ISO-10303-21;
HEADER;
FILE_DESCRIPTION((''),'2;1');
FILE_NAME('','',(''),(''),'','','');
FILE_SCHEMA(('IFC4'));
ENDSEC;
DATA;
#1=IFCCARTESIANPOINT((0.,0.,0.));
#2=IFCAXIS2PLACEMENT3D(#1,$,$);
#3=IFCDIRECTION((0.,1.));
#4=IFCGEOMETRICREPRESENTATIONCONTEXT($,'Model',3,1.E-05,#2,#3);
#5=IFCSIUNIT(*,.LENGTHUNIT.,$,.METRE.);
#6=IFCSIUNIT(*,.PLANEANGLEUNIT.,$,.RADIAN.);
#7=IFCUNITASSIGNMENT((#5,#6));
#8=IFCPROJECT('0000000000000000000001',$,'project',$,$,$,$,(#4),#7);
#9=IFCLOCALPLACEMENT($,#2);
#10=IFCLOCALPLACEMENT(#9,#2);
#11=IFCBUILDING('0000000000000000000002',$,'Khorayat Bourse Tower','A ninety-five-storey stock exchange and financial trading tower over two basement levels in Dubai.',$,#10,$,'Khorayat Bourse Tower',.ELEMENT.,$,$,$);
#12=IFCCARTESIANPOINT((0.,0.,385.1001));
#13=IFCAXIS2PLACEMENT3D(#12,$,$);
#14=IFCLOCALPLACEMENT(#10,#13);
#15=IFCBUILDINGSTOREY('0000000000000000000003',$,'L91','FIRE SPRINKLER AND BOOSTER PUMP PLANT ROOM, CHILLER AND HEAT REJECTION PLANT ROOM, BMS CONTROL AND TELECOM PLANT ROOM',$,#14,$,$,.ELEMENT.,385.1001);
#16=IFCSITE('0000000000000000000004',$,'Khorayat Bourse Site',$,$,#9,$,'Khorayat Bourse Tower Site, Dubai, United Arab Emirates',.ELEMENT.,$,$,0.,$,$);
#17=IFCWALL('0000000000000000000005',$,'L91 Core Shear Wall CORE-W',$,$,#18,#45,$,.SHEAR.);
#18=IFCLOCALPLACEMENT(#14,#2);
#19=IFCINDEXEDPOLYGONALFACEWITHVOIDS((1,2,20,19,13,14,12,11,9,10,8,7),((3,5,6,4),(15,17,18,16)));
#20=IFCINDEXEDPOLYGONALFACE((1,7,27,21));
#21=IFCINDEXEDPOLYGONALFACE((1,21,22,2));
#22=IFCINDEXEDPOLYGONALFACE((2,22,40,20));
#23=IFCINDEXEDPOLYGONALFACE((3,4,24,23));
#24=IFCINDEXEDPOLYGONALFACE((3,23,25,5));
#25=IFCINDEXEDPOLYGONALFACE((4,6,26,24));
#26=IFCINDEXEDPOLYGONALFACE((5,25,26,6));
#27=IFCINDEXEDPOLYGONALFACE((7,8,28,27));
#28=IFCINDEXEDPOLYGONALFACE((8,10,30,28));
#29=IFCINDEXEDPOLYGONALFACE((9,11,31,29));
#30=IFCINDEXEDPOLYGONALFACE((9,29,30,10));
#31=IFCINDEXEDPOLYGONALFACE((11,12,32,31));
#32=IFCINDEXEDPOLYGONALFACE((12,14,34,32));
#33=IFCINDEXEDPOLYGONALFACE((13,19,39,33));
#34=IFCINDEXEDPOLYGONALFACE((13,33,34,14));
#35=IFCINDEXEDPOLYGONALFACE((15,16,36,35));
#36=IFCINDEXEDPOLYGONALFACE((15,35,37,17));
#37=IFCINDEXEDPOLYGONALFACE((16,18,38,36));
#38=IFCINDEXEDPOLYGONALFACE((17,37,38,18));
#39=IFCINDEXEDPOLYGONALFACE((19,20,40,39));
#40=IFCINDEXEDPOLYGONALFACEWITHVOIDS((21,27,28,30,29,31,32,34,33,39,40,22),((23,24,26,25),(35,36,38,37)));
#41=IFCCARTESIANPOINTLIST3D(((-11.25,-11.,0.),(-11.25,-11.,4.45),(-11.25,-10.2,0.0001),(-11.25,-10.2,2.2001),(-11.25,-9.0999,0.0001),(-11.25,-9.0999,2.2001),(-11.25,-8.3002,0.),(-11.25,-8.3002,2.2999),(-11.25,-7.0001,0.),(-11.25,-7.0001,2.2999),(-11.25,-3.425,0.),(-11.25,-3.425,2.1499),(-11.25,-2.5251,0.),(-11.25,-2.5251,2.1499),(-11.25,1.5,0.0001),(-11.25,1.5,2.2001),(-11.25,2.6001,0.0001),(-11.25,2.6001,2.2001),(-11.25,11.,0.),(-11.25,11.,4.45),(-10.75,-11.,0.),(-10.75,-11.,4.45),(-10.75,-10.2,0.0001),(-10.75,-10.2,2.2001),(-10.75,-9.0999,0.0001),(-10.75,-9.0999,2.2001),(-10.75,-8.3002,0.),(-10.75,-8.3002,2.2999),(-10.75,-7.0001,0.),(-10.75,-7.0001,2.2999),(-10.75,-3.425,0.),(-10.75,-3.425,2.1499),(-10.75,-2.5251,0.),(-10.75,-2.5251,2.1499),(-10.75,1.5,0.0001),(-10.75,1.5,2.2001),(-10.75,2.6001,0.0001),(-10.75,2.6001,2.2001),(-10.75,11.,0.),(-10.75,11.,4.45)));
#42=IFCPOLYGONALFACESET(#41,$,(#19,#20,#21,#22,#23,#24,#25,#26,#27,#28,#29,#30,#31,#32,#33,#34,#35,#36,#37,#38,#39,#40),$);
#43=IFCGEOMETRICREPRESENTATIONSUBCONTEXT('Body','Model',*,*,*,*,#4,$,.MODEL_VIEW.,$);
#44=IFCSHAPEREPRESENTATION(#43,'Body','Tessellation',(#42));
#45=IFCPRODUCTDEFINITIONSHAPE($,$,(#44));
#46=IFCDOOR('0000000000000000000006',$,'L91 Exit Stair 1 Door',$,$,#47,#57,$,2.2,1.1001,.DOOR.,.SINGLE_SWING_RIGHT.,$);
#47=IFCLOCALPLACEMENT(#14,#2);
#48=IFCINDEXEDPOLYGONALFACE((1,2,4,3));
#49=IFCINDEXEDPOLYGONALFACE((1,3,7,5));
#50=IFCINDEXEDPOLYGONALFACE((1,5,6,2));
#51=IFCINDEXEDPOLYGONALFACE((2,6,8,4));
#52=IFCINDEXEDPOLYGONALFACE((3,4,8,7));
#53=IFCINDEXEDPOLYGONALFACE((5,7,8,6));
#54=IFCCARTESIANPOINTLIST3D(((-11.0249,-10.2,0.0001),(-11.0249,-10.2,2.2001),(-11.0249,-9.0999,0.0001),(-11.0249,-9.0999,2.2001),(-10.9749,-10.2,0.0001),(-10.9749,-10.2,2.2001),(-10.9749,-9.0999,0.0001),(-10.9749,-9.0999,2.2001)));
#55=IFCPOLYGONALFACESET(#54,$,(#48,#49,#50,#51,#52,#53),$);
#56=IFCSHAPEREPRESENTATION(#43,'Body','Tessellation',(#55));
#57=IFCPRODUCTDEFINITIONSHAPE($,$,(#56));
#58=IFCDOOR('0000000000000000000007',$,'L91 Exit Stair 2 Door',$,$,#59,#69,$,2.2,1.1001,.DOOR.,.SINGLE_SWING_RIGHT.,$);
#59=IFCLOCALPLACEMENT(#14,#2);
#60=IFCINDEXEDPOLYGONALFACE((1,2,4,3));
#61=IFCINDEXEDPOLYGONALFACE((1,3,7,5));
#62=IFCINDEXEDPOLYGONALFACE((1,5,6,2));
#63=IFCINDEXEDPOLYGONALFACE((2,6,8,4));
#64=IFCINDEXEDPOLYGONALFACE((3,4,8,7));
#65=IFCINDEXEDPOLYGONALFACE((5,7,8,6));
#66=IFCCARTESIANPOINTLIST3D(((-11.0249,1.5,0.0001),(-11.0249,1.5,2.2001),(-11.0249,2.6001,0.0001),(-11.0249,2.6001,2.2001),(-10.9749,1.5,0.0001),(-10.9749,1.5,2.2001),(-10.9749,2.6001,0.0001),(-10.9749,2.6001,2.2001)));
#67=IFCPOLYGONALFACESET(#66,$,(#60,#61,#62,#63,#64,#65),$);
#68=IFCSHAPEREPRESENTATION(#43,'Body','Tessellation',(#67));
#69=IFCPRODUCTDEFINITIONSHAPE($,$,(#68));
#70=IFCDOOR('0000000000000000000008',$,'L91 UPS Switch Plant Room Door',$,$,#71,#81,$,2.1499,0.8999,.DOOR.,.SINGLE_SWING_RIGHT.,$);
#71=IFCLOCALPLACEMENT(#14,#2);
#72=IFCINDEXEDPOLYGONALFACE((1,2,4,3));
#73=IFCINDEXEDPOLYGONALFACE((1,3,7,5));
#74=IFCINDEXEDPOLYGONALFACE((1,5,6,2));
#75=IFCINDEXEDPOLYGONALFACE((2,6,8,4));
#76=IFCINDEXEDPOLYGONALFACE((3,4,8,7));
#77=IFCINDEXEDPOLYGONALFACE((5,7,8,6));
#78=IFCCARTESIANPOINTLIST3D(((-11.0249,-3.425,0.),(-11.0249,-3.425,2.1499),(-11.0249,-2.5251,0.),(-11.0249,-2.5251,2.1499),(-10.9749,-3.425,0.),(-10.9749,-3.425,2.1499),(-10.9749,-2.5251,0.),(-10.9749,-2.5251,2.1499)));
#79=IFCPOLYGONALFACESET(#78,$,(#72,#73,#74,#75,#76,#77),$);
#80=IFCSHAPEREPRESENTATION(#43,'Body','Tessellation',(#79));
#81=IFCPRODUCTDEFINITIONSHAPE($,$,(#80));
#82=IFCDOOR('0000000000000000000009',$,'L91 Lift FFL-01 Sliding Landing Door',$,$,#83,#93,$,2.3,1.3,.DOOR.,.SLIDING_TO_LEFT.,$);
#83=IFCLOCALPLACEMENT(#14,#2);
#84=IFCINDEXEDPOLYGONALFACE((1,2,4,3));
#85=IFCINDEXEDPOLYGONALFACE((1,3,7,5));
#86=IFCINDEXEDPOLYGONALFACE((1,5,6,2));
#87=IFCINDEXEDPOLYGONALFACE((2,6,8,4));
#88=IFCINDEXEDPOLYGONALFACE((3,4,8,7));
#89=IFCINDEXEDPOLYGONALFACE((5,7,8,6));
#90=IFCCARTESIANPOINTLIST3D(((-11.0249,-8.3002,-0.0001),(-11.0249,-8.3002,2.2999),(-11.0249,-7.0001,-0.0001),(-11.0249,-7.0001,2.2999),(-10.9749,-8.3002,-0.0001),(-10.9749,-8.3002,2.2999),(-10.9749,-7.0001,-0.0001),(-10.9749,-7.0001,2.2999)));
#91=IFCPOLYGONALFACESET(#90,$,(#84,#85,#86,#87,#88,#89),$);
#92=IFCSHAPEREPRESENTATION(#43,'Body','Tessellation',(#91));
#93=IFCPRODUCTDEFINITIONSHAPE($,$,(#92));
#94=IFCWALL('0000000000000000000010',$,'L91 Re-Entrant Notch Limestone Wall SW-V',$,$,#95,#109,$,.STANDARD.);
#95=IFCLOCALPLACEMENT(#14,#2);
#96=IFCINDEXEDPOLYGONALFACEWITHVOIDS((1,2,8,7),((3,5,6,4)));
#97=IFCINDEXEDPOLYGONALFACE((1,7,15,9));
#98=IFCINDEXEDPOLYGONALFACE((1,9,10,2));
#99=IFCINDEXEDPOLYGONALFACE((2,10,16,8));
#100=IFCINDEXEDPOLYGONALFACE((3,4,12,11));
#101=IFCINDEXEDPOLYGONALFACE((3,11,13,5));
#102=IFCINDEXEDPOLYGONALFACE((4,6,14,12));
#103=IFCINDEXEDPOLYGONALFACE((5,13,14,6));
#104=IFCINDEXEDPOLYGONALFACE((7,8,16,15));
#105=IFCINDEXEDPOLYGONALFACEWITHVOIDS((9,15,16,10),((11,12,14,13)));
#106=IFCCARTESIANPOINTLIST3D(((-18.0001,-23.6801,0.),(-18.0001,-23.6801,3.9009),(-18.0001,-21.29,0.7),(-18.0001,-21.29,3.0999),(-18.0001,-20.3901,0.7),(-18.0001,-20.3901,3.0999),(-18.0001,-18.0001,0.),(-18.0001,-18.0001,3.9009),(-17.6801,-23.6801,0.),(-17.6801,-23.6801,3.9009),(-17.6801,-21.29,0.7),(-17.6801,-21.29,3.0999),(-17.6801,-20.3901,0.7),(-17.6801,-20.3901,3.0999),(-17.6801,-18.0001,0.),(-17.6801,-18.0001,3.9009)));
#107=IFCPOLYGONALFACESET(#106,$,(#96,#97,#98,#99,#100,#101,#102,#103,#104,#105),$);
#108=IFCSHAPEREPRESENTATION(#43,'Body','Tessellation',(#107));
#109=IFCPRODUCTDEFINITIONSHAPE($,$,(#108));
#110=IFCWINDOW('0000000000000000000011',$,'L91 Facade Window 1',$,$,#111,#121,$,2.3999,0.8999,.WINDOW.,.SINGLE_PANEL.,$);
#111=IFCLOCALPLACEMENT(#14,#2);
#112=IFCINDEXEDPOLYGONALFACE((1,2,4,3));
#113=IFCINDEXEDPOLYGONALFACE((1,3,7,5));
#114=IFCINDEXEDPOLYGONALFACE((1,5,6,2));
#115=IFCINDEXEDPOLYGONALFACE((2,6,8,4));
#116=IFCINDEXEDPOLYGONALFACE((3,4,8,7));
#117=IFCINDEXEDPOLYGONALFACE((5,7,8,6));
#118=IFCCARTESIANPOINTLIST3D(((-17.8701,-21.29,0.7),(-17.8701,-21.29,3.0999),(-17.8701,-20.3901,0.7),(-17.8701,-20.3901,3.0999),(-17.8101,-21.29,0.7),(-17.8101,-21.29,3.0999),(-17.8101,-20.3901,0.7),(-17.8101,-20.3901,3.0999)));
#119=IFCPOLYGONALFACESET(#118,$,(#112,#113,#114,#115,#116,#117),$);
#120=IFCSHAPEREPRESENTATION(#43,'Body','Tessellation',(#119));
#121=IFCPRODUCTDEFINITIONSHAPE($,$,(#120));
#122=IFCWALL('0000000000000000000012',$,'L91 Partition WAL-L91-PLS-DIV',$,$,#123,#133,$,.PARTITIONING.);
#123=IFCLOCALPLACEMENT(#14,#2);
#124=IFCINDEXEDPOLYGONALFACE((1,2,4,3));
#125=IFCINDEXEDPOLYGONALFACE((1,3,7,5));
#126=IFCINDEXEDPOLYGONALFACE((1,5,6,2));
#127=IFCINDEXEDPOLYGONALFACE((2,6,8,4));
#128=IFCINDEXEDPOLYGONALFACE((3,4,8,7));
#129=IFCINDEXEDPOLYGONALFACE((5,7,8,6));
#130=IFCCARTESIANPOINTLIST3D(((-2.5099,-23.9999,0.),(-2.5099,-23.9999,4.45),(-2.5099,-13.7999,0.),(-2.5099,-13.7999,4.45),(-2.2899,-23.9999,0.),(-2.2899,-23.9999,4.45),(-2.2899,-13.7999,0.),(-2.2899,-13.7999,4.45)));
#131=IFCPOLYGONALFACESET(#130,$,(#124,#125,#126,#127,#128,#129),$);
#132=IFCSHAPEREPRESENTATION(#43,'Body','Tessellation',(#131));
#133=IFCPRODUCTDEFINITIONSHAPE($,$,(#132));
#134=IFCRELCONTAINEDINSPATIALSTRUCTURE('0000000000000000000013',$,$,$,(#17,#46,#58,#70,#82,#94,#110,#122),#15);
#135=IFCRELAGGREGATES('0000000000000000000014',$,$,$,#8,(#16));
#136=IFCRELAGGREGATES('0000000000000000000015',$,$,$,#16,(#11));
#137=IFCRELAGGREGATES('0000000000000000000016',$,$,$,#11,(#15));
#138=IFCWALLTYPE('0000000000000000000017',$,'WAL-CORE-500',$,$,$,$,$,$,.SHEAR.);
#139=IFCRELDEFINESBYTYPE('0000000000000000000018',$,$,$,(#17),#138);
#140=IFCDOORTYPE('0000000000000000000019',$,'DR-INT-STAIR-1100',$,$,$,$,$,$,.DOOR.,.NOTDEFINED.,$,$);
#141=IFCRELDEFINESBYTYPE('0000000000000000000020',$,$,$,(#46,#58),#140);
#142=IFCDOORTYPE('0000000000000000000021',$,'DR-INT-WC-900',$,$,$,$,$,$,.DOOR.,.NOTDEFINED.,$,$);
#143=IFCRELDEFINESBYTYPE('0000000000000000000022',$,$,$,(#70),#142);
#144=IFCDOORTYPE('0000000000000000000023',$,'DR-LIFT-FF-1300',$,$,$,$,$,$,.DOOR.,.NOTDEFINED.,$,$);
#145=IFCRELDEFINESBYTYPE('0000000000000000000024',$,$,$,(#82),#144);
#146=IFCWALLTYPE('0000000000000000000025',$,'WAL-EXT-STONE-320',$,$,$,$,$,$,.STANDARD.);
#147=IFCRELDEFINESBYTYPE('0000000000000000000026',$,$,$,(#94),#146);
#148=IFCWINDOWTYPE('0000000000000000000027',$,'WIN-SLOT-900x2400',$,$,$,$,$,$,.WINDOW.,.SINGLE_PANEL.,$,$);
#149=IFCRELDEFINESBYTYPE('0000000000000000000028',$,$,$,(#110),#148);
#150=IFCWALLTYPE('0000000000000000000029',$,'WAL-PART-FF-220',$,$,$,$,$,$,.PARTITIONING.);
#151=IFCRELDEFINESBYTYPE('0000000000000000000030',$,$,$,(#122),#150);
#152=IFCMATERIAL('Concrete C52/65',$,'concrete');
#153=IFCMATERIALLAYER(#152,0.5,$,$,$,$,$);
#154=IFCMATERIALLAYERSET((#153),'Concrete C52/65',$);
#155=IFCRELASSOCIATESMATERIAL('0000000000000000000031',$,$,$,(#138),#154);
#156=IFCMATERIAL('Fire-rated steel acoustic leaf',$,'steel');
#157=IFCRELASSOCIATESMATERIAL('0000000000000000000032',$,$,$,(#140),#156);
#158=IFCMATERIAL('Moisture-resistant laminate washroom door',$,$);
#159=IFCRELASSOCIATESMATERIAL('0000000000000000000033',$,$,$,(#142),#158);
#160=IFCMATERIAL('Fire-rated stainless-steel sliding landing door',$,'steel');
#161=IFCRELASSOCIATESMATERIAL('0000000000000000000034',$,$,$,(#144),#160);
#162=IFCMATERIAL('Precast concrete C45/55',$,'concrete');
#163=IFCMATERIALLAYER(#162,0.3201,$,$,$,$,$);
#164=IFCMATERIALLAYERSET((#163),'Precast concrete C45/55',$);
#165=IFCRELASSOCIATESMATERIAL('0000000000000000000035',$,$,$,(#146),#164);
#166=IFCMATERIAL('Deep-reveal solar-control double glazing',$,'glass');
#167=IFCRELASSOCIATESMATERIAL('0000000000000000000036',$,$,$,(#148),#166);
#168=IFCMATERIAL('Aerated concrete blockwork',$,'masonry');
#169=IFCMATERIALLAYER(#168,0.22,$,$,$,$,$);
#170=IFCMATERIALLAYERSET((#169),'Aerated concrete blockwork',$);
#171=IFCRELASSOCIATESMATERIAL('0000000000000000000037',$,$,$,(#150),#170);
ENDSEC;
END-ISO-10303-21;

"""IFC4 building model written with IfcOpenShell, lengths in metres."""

from ifc_helpers import new_model, si_unit, direction, frame, frame_2d, origin, place, context, subcontext, project, spatial, rectangle, extrude, source, transform, mapped, material, layer, layer_set, type_object, element, fill, save


model = new_model("IFC4")

# Units and contexts
model_context = context("Model", 3, precision=1e-05, world=origin(), true_north=direction((0.0, 1.0)))
body_context = subcontext(model_context, "Body", "Model", "MODEL_VIEW")
ifc_project = project(units=[si_unit("LENGTHUNIT", "METRE"), si_unit("PLANEANGLEUNIT", "RADIAN")], contexts=[model_context])

# Site, building, storey
site_placement = place(None, origin())
site = spatial("IfcSite", under=ifc_project, at=site_placement, Name="Khorayat Bourse Site", LongName="Khorayat Bourse Tower Site, Dubai, United Arab Emirates", CompositionType="ELEMENT", RefElevation=0.0)
building_placement = place(site_placement, origin())
building = spatial("IfcBuilding", under=site, at=building_placement, Name="Khorayat Bourse Tower", Description="A ninety-five-storey stock exchange and financial trading tower over two basement levels in Dubai.", LongName="Khorayat Bourse Tower", CompositionType="ELEMENT")
storey_placement = place(building_placement, frame((0.0, 0.0, 385.1001)))
storey = spatial("IfcBuildingStorey", under=building, at=storey_placement, Name="L91", Description="FIRE SPRINKLER AND BOOSTER PUMP PLANT ROOM, CHILLER AND HEAT REJECTION PLANT ROOM, BMS CONTROL AND TELECOM PLANT ROOM", CompositionType="ELEMENT", Elevation=385.1001)

# Shared definitions
ifc_material_1 = material(Name="Concrete C52/65", Category="concrete")

# Wall, openings, doors
ifc_layer_1 = layer(ifc_material_1, 0.5)
ifc_layer_set_1 = layer_set([ifc_layer_1], Name="Concrete C52/65")
wall_type_1 = type_object("IfcWallType", Name="WAL-CORE-500", PredefinedType="SHEAR", material=ifc_layer_set_1)
shared_shape_1 = source(origin(), body_context, "Body", "SweptSolid", [
    extrude(rectangle(XDim=22.0, YDim=0.5, at=frame_2d((11.0, 0.0))), origin(), (0.0, 0.0, 1.0), 4.45),
])
wall_1_placement = place(storey_placement, frame((-11.0, -11.0, 0.0), z_axis=(0.0, 0.0, 1.0), x_axis=(0.0, 1.0, 0.0)))
wall_1 = element("IfcWall", 1, at=wall_1_placement, inside=storey, type_object=wall_type_1, Name="L91 Core Shear Wall CORE-W", PredefinedType="SHEAR", context=body_context, shape_type="MappedRepresentation", body=[
    mapped(shared_shape_1, transform((0.0, 0.0, 0.0), scale=1.0)),
])
shared_shape_2 = source(origin(), body_context, "Body", "SweptSolid", [
    extrude(rectangle(XDim=1.1001, YDim=2.2, at=frame_2d((0.55, 1.1001))), frame((0.0, 0.26, 0.0), z_axis=(0.0, -1.0, 0.0), x_axis=(1.0, 0.0, 0.0)), (0.0, 0.0, 1.0), 0.52),
])
opening_1_placement = place(wall_1_placement, frame((0.8, 0.0, 0.0)))
opening_1 = element("IfcOpeningElement", 2, at=opening_1_placement, cuts=wall_1, PredefinedType="OPENING", context=body_context, shape_type="MappedRepresentation", body=[
    mapped(shared_shape_2, transform((0.0, 0.0, 0.0), scale=1.0)),
])
opening_2_placement = place(wall_1_placement, frame((12.5, 0.0, 0.0)))
opening_2 = element("IfcOpeningElement", 3, at=opening_2_placement, cuts=wall_1, PredefinedType="OPENING", context=body_context, shape_type="MappedRepresentation", body=[
    mapped(shared_shape_2, transform((0.0, 0.0, 0.0), scale=1.0)),
])
shared_shape_3 = source(origin(), body_context, "Body", "SweptSolid", [
    extrude(rectangle(XDim=0.8999, YDim=2.1499, at=frame_2d((0.45, 1.075))), frame((0.0, 0.26, 0.0), z_axis=(0.0, -1.0, 0.0), x_axis=(1.0, 0.0, 0.0)), (0.0, 0.0, 1.0), 0.52),
])
opening_3_placement = place(wall_1_placement, frame((7.575, 0.0, 0.0)))
opening_3 = element("IfcOpeningElement", 4, at=opening_3_placement, cuts=wall_1, PredefinedType="OPENING", context=body_context, shape_type="MappedRepresentation", body=[
    mapped(shared_shape_3, transform((0.0, 0.0, 0.0), scale=1.0)),
])
shared_shape_4 = source(origin(), body_context, "Body", "SweptSolid", [
    extrude(rectangle(XDim=1.3, YDim=2.3, at=frame_2d((0.6499, 1.1499))), frame((0.0, 0.26, 0.0), z_axis=(0.0, -1.0, 0.0), x_axis=(1.0, 0.0, 0.0)), (0.0, 0.0, 1.0), 0.52),
])
opening_4_placement = place(wall_1_placement, frame((2.7, 0.0, 0.0)))
opening_4 = element("IfcOpeningElement", 5, at=opening_4_placement, cuts=wall_1, PredefinedType="OPENING", context=body_context, shape_type="MappedRepresentation", body=[
    mapped(shared_shape_4, transform((0.0, 0.0, 0.0), scale=1.0)),
])
ifc_material_2 = material(Name="Fire-rated steel acoustic leaf", Category="steel")
door_type_1 = type_object("IfcDoorType", Name="DR-INT-STAIR-1100", OperationType="NOTDEFINED", PredefinedType="DOOR", material=ifc_material_2)
shared_shape_5 = source(origin(), body_context, "Body", "SweptSolid", [
    extrude(rectangle(XDim=1.1001, YDim=2.2, at=frame_2d((0.55, 1.1001))), frame((0.0, 0.0249, 0.0), z_axis=(0.0, -1.0, 0.0), x_axis=(1.0, 0.0, 0.0)), (0.0, 0.0, 1.0), 0.05),
])
door_1_placement = place(opening_1_placement, origin())
door_1 = element("IfcDoor", 6, at=door_1_placement, inside=storey, type_object=door_type_1, Name="L91 Exit Stair 1 Door", OperationType="SINGLE_SWING_RIGHT", OverallHeight=2.2, OverallWidth=1.1001, PredefinedType="DOOR", context=body_context, shape_type="MappedRepresentation", body=[
    mapped(shared_shape_5, transform((0.0, 0.0, 0.0), scale=1.0)),
])
fill(opening_1, door_1)
door_2_placement = place(opening_2_placement, origin())
door_2 = element("IfcDoor", 7, at=door_2_placement, inside=storey, type_object=door_type_1, Name="L91 Exit Stair 2 Door", OperationType="SINGLE_SWING_RIGHT", OverallHeight=2.2, OverallWidth=1.1001, PredefinedType="DOOR", context=body_context, shape_type="MappedRepresentation", body=[
    mapped(shared_shape_5, transform((0.0, 0.0, 0.0), scale=1.0)),
])
fill(opening_2, door_2)
ifc_material_3 = material(Name="Moisture-resistant laminate washroom door")
door_type_2 = type_object("IfcDoorType", Name="DR-INT-WC-900", OperationType="NOTDEFINED", PredefinedType="DOOR", material=ifc_material_3)
shared_shape_6 = source(origin(), body_context, "Body", "SweptSolid", [
    extrude(rectangle(XDim=0.8999, YDim=2.1499, at=frame_2d((0.45, 1.075))), frame((0.0, 0.0249, 0.0), z_axis=(0.0, -1.0, 0.0), x_axis=(1.0, 0.0, 0.0)), (0.0, 0.0, 1.0), 0.05),
])
door_3_placement = place(opening_3_placement, origin())
door_3 = element("IfcDoor", 8, at=door_3_placement, inside=storey, type_object=door_type_2, Name="L91 UPS Switch Plant Room Door", OperationType="SINGLE_SWING_RIGHT", OverallHeight=2.1499, OverallWidth=0.8999, PredefinedType="DOOR", context=body_context, shape_type="MappedRepresentation", body=[
    mapped(shared_shape_6, transform((0.0, 0.0, 0.0), scale=1.0)),
])
fill(opening_3, door_3)
ifc_material_4 = material(Name="Fire-rated stainless-steel sliding landing door", Category="steel")
door_type_3 = type_object("IfcDoorType", Name="DR-LIFT-FF-1300", OperationType="NOTDEFINED", PredefinedType="DOOR", material=ifc_material_4)
shared_shape_7 = source(origin(), body_context, "Body", "SweptSolid", [
    extrude(rectangle(XDim=1.3, YDim=2.3, at=frame_2d((0.6499, 1.1499))), frame((0.0, 0.0249, 0.0), z_axis=(0.0, -1.0, 0.0), x_axis=(1.0, 0.0, 0.0)), (0.0, 0.0, 1.0), 0.05),
])
door_4_placement = place(opening_4_placement, origin())
door_4 = element("IfcDoor", 9, at=door_4_placement, inside=storey, type_object=door_type_3, Name="L91 Lift FFL-01 Sliding Landing Door", OperationType="SLIDING_TO_LEFT", OverallHeight=2.3, OverallWidth=1.3, PredefinedType="DOOR", context=body_context, shape_type="MappedRepresentation", body=[
    mapped(shared_shape_7, transform((0.0, 0.0, 0.0), scale=1.0)),
])
fill(opening_4, door_4)

# Wall, opening, window
ifc_material_5 = material(Name="Precast concrete C45/55", Category="concrete")
ifc_layer_2 = layer(ifc_material_5, 0.3201)
ifc_layer_set_2 = layer_set([ifc_layer_2], Name="Precast concrete C45/55")
wall_type_2 = type_object("IfcWallType", Name="WAL-EXT-STONE-320", PredefinedType="STANDARD", material=ifc_layer_set_2)
shared_shape_8 = source(origin(), body_context, "Body", "SweptSolid", [
    extrude(rectangle(XDim=5.6799, YDim=0.3201, at=frame_2d((2.8398, 0.0))), origin(), (0.0, 0.0, 1.0), 3.9009),
])
wall_2_placement = place(storey_placement, frame((-17.8401, -23.6799, 0.0), z_axis=(0.0, 0.0, 1.0), x_axis=(0.0, 1.0, 0.0)))
wall_2 = element("IfcWall", 10, at=wall_2_placement, inside=storey, type_object=wall_type_2, Name="L91 Re-Entrant Notch Limestone Wall SW-V", PredefinedType="STANDARD", context=body_context, shape_type="MappedRepresentation", body=[
    mapped(shared_shape_8, transform((0.0, 0.0, 0.0), scale=1.0)),
])
shared_shape_9 = source(origin(), body_context, "Body", "SweptSolid", [
    extrude(rectangle(XDim=0.8999, YDim=2.3999, at=frame_2d((0.45, 1.2))), frame((0.0, 0.1699, 0.0), z_axis=(0.0, -1.0, 0.0), x_axis=(1.0, 0.0, 0.0)), (0.0, 0.0, 1.0), 0.3401),
])
opening_5_placement = place(wall_2_placement, frame((2.3899, 0.0, 0.7)))
opening_5 = element("IfcOpeningElement", 11, at=opening_5_placement, cuts=wall_2, PredefinedType="OPENING", context=body_context, shape_type="MappedRepresentation", body=[
    mapped(shared_shape_9, transform((0.0, 0.0, 0.0), scale=1.0)),
])
ifc_material_6 = material(Name="Deep-reveal solar-control double glazing", Category="glass")
window_type = type_object("IfcWindowType", Name="WIN-SLOT-900x2400", PartitioningType="SINGLE_PANEL", PredefinedType="WINDOW", material=ifc_material_6)
shared_shape_10 = source(origin(), body_context, "Body", "SweptSolid", [
    extrude(rectangle(XDim=0.8999, YDim=2.3999, at=frame_2d((0.45, 1.2))), frame((0.0, 0.03, 0.0), z_axis=(0.0, -1.0, 0.0), x_axis=(1.0, 0.0, 0.0)), (0.0, 0.0, 1.0), 0.0601),
])
window_placement = place(opening_5_placement, origin())
window = element("IfcWindow", 12, at=window_placement, inside=storey, type_object=window_type, Name="L91 Facade Window 1", OverallHeight=2.3999, OverallWidth=0.8999, PartitioningType="SINGLE_PANEL", PredefinedType="WINDOW", context=body_context, shape_type="MappedRepresentation", body=[
    mapped(shared_shape_10, transform((0.0, 0.0, 0.0), scale=1.0)),
])
fill(opening_5, window)

# Wall
ifc_material_7 = material(Name="Aerated concrete blockwork", Category="masonry")
ifc_layer_3 = layer(ifc_material_7, 0.22)
ifc_layer_set_3 = layer_set([ifc_layer_3], Name="Aerated concrete blockwork")
wall_type_3 = type_object("IfcWallType", Name="WAL-PART-FF-220", PredefinedType="PARTITIONING", material=ifc_layer_set_3)
shared_shape_11 = source(origin(), body_context, "Body", "SweptSolid", [
    extrude(rectangle(XDim=10.2, YDim=0.22, at=frame_2d((5.1001, 0.0))), origin(), (0.0, 0.0, 1.0), 4.45),
])
wall_3_placement = place(storey_placement, frame((-2.3999, -24.0, 0.0), z_axis=(0.0, 0.0, 1.0), x_axis=(0.0, 1.0, 0.0)))
element("IfcWall", 13, at=wall_3_placement, inside=storey, type_object=wall_type_3, Name="L91 Partition WAL-L91-PLS-DIV", PredefinedType="PARTITIONING", context=body_context, shape_type="MappedRepresentation", body=[
    mapped(shared_shape_11, transform((0.0, 0.0, 0.0), scale=1.0)),
])

save(model, "model.ifc")
